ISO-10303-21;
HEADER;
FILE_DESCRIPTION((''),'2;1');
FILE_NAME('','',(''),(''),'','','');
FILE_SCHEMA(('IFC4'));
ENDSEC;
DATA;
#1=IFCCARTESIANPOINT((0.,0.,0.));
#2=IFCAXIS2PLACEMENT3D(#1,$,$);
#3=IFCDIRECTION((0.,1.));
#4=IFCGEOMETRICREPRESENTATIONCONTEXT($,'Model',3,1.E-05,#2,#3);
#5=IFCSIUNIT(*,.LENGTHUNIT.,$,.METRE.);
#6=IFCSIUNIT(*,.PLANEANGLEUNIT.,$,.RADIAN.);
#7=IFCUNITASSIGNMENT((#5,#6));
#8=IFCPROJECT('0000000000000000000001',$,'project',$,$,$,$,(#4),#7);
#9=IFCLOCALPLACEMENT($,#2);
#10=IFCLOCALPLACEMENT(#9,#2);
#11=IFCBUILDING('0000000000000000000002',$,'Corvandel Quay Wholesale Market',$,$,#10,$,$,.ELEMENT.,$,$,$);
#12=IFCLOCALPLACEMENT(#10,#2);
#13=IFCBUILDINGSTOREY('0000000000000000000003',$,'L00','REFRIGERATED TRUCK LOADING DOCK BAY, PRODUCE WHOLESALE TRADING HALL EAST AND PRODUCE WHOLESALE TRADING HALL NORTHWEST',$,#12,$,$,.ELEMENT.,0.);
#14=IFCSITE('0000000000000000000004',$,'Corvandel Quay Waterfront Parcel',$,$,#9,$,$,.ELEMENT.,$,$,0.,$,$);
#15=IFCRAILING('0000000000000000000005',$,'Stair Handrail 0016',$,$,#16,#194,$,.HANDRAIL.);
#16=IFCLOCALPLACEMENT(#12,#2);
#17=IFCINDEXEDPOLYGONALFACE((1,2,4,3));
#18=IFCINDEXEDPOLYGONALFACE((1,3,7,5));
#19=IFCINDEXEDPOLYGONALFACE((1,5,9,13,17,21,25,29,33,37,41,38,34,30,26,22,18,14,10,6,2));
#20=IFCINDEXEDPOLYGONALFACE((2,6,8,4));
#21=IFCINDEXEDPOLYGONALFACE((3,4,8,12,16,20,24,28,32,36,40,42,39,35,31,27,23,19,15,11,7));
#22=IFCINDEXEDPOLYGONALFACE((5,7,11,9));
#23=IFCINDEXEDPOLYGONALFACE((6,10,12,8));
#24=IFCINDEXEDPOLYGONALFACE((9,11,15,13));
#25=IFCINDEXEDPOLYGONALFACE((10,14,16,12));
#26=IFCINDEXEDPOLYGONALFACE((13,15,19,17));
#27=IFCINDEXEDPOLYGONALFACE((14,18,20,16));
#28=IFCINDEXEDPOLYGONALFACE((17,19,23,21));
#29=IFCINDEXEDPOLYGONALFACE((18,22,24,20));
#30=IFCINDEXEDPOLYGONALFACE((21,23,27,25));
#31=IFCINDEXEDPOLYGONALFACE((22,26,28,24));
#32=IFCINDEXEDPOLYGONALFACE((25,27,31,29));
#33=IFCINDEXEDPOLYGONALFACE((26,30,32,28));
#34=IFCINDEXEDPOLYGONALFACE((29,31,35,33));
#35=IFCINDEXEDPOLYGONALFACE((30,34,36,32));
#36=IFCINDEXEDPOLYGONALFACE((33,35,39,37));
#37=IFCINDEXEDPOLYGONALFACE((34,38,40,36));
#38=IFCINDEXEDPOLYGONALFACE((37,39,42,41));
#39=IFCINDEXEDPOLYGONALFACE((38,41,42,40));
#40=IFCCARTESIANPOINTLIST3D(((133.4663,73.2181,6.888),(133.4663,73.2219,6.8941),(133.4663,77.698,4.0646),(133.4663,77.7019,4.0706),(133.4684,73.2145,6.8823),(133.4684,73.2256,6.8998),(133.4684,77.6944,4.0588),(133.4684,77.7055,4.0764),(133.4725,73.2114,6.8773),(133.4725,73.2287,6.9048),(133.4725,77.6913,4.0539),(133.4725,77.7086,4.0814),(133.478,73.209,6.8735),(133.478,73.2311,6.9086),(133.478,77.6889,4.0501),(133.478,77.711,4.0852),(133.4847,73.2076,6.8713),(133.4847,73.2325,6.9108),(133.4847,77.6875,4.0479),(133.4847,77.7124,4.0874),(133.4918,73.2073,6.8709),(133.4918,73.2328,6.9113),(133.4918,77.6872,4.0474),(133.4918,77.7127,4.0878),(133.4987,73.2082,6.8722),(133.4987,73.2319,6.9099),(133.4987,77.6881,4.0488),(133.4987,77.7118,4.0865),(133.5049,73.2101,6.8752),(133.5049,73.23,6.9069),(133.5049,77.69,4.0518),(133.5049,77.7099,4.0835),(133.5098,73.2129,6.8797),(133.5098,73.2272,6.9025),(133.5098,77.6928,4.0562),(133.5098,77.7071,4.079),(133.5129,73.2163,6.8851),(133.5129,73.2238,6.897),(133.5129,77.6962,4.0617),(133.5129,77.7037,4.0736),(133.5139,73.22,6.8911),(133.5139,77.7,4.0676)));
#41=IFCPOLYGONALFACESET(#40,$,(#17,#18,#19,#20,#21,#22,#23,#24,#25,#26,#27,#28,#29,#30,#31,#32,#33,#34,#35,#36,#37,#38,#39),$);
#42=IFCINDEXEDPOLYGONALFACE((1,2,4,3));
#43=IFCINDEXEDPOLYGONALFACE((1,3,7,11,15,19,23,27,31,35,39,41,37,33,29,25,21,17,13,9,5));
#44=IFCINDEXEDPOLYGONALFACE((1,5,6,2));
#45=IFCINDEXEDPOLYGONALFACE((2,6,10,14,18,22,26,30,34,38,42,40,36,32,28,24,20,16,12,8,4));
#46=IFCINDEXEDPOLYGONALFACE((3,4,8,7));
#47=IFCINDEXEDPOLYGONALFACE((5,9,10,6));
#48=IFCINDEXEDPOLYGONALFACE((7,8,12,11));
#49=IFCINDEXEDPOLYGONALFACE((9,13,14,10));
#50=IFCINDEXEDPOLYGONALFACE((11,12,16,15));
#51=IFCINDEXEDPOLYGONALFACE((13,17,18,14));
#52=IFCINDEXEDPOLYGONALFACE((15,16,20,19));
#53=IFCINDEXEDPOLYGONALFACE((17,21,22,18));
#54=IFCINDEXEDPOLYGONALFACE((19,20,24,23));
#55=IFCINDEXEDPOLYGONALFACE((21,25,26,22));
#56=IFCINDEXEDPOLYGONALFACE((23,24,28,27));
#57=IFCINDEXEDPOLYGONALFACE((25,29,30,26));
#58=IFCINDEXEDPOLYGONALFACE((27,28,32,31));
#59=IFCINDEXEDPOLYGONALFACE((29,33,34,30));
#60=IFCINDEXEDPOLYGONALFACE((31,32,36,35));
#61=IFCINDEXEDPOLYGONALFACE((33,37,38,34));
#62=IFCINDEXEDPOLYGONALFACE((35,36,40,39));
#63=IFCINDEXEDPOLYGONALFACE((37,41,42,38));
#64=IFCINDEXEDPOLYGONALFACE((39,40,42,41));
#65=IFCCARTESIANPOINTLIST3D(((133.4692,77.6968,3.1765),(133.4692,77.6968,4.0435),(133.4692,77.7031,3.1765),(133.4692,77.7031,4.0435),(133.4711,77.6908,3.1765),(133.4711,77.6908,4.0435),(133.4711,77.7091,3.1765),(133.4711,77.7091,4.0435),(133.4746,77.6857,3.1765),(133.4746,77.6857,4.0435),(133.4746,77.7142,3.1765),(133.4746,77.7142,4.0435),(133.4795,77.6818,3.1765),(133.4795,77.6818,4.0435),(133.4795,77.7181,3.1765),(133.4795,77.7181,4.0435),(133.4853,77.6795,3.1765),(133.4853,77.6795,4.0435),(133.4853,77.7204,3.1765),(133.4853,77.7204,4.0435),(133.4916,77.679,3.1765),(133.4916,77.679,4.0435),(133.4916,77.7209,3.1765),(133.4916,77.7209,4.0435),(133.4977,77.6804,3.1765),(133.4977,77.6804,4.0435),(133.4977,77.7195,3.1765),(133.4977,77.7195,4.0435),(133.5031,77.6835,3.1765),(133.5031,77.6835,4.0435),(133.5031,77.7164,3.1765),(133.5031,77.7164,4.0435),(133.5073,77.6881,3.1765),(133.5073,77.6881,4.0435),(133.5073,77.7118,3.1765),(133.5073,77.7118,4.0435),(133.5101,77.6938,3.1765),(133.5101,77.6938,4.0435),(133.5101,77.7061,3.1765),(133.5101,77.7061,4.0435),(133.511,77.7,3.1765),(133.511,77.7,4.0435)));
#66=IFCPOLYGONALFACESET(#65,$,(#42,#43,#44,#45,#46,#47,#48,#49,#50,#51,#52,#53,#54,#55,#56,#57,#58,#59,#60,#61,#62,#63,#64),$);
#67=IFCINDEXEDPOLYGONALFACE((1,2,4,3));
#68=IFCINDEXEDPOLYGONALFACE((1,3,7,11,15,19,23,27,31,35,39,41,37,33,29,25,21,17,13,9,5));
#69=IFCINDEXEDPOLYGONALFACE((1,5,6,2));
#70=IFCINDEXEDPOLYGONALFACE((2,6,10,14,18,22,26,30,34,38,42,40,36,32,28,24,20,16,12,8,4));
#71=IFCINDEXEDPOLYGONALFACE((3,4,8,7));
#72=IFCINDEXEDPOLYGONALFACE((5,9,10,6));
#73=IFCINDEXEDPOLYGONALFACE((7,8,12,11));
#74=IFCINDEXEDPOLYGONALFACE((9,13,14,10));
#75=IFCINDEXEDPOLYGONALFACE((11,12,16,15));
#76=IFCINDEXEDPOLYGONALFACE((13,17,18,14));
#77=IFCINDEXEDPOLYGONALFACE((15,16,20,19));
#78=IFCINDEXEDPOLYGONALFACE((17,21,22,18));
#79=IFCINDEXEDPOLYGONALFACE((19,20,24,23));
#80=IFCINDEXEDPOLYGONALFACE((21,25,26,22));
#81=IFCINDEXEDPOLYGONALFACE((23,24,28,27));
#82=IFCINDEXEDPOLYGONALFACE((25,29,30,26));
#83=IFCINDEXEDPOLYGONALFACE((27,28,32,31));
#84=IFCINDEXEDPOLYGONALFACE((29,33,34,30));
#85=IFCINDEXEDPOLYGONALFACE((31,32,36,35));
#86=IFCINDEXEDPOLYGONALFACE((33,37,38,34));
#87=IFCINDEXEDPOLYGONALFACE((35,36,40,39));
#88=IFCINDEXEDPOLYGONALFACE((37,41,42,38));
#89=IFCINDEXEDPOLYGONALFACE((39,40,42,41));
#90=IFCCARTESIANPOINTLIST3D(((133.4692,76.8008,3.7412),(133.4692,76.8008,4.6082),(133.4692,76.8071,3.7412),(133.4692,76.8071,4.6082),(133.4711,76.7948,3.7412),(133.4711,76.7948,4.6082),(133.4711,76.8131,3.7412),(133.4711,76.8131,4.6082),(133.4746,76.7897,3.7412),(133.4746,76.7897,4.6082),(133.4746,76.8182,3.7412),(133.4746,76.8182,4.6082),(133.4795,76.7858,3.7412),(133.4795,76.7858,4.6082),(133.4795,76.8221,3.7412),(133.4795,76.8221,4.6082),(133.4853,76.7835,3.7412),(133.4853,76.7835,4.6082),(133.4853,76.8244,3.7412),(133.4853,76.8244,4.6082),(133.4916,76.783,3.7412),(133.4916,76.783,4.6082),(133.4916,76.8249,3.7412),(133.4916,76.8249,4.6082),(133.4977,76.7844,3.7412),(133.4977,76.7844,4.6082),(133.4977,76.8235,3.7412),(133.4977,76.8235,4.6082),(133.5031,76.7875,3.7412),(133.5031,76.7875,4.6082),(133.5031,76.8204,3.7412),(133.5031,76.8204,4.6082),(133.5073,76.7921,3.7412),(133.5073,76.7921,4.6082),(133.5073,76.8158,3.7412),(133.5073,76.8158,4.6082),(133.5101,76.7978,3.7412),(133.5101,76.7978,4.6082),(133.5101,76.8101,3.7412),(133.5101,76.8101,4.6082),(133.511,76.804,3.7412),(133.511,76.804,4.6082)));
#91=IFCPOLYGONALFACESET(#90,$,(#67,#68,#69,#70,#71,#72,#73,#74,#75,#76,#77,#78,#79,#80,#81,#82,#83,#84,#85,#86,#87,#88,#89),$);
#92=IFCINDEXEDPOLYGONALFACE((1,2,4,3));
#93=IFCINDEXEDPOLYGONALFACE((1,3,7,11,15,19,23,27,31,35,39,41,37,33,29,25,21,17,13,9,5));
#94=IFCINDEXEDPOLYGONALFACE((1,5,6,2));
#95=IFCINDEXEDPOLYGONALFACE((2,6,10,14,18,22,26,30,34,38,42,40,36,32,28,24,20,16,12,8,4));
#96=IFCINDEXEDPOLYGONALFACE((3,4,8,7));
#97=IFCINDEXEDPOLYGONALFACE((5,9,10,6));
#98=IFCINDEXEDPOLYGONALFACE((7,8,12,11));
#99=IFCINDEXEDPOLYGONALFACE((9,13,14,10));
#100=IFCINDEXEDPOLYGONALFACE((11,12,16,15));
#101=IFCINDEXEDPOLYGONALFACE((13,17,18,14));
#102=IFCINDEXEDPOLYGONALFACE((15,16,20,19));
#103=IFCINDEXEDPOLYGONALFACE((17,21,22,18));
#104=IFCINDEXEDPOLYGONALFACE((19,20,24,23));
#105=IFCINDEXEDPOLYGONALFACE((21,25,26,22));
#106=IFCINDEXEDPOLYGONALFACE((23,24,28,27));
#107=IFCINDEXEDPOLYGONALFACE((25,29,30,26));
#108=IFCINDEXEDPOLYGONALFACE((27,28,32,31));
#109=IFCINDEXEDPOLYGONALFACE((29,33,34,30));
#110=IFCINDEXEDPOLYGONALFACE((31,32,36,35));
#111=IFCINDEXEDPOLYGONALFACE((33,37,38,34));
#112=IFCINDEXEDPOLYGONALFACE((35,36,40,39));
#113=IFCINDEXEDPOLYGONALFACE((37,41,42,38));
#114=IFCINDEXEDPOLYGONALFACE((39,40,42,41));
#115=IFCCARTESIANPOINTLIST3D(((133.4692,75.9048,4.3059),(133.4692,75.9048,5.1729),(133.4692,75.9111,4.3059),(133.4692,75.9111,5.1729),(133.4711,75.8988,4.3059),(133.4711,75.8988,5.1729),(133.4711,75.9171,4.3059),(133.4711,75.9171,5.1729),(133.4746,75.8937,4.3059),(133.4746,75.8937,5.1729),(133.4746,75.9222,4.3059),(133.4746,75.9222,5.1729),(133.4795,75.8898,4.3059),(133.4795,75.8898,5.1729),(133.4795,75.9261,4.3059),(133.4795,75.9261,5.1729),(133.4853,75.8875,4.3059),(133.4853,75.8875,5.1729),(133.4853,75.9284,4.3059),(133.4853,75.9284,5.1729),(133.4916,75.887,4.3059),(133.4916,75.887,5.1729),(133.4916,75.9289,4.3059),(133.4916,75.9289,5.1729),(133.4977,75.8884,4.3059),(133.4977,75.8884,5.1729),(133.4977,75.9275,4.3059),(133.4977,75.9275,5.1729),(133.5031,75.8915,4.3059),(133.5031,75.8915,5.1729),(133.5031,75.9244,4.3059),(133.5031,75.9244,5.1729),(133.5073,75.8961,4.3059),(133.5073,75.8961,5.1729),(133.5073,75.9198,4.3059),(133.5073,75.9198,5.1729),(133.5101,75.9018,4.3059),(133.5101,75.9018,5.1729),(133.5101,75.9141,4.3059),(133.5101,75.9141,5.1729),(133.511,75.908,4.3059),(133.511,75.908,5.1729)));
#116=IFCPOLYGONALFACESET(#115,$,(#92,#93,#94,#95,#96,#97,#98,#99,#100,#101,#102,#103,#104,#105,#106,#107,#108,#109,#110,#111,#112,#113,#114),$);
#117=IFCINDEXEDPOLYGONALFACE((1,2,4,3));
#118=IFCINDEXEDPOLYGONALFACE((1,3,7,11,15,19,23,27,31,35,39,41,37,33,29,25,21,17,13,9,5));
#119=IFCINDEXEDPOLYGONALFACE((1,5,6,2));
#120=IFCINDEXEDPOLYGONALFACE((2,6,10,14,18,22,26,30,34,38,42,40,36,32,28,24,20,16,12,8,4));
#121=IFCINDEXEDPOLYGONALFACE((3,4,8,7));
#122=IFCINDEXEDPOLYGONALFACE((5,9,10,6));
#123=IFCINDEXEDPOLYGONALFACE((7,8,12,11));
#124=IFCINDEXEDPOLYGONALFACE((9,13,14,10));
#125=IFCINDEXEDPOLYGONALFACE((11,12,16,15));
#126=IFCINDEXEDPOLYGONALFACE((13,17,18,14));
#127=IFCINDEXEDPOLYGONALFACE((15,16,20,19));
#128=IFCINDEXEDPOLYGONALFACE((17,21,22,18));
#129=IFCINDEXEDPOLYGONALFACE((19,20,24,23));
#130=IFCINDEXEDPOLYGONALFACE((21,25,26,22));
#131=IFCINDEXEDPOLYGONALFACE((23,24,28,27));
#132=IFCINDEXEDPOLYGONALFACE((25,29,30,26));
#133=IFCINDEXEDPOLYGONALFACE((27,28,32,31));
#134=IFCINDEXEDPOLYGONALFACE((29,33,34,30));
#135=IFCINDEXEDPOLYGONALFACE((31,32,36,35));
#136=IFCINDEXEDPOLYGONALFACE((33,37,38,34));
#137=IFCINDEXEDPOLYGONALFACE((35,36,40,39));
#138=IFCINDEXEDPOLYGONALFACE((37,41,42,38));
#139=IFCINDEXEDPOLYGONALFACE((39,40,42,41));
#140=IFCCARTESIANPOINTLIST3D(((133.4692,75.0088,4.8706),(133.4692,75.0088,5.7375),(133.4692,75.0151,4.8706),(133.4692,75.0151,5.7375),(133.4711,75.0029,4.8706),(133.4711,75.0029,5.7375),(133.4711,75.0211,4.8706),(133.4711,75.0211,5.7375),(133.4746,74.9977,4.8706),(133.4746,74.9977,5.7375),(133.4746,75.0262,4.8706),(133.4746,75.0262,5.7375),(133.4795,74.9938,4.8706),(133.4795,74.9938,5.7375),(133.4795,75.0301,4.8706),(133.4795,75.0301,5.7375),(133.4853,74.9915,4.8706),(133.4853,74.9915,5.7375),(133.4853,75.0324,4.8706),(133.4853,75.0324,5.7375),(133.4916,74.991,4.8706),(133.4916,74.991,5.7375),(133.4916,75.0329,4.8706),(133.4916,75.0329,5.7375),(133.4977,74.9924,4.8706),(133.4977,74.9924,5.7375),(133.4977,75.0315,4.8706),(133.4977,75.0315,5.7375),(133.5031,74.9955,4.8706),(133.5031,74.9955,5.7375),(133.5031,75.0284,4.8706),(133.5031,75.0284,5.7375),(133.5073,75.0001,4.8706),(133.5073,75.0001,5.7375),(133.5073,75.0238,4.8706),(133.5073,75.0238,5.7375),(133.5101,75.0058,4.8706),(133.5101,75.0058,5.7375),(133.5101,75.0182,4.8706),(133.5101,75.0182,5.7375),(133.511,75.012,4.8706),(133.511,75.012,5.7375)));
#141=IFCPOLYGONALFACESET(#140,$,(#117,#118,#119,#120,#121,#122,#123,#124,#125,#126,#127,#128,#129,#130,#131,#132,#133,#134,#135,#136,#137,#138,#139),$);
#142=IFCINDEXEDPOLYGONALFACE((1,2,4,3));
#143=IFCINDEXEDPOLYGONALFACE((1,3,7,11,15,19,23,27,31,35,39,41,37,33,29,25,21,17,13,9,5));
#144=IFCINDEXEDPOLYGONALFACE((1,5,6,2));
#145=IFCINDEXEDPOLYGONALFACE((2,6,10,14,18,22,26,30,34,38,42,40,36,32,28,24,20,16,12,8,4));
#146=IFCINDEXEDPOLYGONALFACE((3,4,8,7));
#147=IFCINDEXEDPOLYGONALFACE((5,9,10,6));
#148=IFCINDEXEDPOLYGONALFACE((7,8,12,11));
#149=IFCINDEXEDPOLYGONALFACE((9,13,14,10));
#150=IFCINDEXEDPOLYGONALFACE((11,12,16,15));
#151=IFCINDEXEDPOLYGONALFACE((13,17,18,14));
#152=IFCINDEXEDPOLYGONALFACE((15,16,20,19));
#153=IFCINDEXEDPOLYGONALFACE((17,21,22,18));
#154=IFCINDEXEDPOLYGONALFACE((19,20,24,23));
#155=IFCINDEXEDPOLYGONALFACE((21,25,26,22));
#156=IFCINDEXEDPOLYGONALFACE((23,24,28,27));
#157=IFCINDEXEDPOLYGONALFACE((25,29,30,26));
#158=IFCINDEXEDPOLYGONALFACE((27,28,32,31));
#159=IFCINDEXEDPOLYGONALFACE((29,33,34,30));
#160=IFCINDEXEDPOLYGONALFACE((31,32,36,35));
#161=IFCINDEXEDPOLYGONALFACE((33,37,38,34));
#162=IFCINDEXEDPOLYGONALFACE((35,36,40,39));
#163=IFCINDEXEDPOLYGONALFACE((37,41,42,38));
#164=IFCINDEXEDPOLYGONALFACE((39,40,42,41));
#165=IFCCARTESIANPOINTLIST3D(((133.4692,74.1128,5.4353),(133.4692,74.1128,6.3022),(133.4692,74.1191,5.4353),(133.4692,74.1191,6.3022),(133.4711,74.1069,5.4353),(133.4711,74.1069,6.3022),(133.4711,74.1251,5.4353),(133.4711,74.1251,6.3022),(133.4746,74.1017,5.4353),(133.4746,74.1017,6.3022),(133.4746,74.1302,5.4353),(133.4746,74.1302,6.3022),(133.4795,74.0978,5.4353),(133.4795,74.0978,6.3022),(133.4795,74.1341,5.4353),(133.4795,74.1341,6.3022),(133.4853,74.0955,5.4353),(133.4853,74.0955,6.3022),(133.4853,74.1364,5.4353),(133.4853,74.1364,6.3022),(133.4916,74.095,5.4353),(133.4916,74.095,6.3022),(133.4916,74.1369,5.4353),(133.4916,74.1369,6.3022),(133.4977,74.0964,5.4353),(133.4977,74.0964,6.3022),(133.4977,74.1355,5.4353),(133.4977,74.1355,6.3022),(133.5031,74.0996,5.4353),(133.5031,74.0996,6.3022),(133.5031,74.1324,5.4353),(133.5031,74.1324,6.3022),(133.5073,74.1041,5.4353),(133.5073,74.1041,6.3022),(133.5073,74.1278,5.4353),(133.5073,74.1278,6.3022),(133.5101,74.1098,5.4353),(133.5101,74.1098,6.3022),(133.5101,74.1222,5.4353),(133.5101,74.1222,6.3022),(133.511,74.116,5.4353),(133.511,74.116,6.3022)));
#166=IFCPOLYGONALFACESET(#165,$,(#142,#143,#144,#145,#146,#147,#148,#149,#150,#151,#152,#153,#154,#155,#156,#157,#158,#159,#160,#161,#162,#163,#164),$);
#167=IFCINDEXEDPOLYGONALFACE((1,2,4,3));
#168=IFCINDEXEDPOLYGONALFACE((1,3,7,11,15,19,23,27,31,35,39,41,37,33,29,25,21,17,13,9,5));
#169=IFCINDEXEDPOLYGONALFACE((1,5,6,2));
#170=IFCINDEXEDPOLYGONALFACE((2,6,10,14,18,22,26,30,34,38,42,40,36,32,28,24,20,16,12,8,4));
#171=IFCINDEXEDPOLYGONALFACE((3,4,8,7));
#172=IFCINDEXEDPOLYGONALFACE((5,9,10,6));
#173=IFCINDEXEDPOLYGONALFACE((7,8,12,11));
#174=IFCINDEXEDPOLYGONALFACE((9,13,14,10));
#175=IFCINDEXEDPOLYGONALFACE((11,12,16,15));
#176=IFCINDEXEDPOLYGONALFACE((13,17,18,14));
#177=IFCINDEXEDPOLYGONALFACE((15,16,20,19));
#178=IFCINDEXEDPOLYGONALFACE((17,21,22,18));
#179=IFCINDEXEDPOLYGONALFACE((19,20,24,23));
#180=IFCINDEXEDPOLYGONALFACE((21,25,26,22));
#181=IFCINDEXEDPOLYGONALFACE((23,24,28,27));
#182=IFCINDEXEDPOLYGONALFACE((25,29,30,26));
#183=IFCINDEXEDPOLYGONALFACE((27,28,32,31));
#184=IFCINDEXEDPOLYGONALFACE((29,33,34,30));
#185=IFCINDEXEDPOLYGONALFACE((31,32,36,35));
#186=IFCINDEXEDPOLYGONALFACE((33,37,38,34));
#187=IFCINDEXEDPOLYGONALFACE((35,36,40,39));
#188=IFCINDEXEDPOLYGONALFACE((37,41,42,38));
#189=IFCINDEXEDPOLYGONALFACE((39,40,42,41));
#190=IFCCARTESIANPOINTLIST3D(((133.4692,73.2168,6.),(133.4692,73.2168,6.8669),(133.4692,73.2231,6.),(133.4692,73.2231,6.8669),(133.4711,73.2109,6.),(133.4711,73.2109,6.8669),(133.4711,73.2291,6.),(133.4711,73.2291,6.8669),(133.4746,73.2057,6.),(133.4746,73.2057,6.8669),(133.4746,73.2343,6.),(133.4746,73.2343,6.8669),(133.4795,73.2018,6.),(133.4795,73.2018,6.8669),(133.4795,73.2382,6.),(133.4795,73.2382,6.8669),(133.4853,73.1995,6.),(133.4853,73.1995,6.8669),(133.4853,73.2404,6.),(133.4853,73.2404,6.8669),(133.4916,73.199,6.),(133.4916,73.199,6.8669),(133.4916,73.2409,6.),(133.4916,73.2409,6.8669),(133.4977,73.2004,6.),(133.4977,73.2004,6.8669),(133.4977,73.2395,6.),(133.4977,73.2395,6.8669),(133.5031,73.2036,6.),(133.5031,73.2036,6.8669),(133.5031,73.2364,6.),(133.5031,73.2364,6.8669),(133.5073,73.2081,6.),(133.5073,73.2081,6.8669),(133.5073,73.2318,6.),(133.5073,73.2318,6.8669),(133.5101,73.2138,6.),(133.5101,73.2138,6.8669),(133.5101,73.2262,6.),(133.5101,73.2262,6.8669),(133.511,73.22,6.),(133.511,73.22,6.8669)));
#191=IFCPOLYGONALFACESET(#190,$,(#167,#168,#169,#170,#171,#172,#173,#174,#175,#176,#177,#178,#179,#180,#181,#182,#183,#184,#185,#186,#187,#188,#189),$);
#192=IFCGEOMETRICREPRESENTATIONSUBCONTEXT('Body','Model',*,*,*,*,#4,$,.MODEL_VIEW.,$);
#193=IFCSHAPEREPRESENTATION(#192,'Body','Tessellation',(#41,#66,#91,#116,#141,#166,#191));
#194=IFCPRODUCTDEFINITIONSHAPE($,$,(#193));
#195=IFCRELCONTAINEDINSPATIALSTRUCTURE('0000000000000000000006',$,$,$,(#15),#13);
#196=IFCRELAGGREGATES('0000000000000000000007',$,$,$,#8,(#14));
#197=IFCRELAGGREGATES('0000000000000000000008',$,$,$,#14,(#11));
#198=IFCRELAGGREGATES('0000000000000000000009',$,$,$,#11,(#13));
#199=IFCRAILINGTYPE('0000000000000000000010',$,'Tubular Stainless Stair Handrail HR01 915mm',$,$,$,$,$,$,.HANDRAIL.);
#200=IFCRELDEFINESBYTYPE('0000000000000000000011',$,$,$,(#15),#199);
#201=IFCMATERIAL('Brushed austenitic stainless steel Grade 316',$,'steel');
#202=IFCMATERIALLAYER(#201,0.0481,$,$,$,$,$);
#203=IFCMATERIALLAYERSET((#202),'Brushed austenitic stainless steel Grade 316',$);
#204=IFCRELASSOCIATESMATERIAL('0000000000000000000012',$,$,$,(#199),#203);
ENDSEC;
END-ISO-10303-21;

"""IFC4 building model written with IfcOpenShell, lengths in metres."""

from ifc_helpers import new_model, si_unit, direction, frame, origin, origin_2d, place, context, subcontext, project, spatial, circle, extrude, material, layer, layer_set, type_object, element, save


model = new_model("IFC4")

# Units and contexts
model_context = context("Model", 3, precision=1e-05, world=origin(), true_north=direction((0.0, 1.0)))
body_context = subcontext(model_context, "Body", "Model", "MODEL_VIEW")
ifc_project = project(units=[si_unit("LENGTHUNIT", "METRE"), si_unit("PLANEANGLEUNIT", "RADIAN")], contexts=[model_context])

# Site, building, storey
site_placement = place(None, origin())
site = spatial("IfcSite", under=ifc_project, at=site_placement, Name="Corvandel Quay Waterfront Parcel", CompositionType="ELEMENT", RefElevation=0.0)
building_placement = place(site_placement, origin())
building = spatial("IfcBuilding", under=site, at=building_placement, Name="Corvandel Quay Wholesale Market", CompositionType="ELEMENT")
storey_placement = place(building_placement, origin())
storey = spatial("IfcBuildingStorey", under=building, at=storey_placement, Name="L00", Description="REFRIGERATED TRUCK LOADING DOCK BAY, PRODUCE WHOLESALE TRADING HALL EAST AND PRODUCE WHOLESALE TRADING HALL NORTHWEST", CompositionType="ELEMENT", Elevation=0.0)

# Railing
ifc_material_1 = material(Name="Brushed austenitic stainless steel Grade 316", Category="steel")
ifc_layer_1 = layer(ifc_material_1, 0.0481)
ifc_layer_set_1 = layer_set([ifc_layer_1], Name="Brushed austenitic stainless steel Grade 316")
railing_type_1 = type_object("IfcRailingType", Name="Tubular Stainless Stair Handrail HR01 915mm", PredefinedType="HANDRAIL", material=ifc_layer_set_1)
for number, where, name in (
    (1, (133.49, 77.7, 3.1765), "Stair Handrail 0016"),
):
    element("IfcRailing", number, at=place(storey_placement, frame(where)), inside=storey, type_object=railing_type_1, Name=name, PredefinedType="HANDRAIL", context=body_context, shape_type="SweptSolid", body=[
        extrude(circle(Radius=0.0239, at=origin_2d()), frame((0.0, 0.0, 0.8911), z_axis=(0.0, -0.845998, 0.533186), x_axis=(1.0, 0.0, 0.0)), (0.0, 0.0, 1.0), 5.2954),
        extrude(circle(Radius=0.021, at=origin_2d()), origin(), (0.0, 0.0, 1.0), 0.8669),
        extrude(circle(Radius=0.021, at=origin_2d()), frame((0.0, -0.896, 0.5647)), (0.0, 0.0, 1.0), 0.8669),
        extrude(circle(Radius=0.021, at=origin_2d()), frame((0.0, -1.792, 1.1294)), (0.0, 0.0, 1.0), 0.8669),
        extrude(circle(Radius=0.021, at=origin_2d()), frame((0.0, -2.688, 1.6941)), (0.0, 0.0, 1.0), 0.8669),
        extrude(circle(Radius=0.021, at=origin_2d()), frame((0.0, -3.584, 2.2588)), (0.0, 0.0, 1.0), 0.8669),
        extrude(circle(Radius=0.021, at=origin_2d()), frame((0.0, -4.48, 2.8235)), (0.0, 0.0, 1.0), 0.8669),
    ])

save(model, "model.ifc")
